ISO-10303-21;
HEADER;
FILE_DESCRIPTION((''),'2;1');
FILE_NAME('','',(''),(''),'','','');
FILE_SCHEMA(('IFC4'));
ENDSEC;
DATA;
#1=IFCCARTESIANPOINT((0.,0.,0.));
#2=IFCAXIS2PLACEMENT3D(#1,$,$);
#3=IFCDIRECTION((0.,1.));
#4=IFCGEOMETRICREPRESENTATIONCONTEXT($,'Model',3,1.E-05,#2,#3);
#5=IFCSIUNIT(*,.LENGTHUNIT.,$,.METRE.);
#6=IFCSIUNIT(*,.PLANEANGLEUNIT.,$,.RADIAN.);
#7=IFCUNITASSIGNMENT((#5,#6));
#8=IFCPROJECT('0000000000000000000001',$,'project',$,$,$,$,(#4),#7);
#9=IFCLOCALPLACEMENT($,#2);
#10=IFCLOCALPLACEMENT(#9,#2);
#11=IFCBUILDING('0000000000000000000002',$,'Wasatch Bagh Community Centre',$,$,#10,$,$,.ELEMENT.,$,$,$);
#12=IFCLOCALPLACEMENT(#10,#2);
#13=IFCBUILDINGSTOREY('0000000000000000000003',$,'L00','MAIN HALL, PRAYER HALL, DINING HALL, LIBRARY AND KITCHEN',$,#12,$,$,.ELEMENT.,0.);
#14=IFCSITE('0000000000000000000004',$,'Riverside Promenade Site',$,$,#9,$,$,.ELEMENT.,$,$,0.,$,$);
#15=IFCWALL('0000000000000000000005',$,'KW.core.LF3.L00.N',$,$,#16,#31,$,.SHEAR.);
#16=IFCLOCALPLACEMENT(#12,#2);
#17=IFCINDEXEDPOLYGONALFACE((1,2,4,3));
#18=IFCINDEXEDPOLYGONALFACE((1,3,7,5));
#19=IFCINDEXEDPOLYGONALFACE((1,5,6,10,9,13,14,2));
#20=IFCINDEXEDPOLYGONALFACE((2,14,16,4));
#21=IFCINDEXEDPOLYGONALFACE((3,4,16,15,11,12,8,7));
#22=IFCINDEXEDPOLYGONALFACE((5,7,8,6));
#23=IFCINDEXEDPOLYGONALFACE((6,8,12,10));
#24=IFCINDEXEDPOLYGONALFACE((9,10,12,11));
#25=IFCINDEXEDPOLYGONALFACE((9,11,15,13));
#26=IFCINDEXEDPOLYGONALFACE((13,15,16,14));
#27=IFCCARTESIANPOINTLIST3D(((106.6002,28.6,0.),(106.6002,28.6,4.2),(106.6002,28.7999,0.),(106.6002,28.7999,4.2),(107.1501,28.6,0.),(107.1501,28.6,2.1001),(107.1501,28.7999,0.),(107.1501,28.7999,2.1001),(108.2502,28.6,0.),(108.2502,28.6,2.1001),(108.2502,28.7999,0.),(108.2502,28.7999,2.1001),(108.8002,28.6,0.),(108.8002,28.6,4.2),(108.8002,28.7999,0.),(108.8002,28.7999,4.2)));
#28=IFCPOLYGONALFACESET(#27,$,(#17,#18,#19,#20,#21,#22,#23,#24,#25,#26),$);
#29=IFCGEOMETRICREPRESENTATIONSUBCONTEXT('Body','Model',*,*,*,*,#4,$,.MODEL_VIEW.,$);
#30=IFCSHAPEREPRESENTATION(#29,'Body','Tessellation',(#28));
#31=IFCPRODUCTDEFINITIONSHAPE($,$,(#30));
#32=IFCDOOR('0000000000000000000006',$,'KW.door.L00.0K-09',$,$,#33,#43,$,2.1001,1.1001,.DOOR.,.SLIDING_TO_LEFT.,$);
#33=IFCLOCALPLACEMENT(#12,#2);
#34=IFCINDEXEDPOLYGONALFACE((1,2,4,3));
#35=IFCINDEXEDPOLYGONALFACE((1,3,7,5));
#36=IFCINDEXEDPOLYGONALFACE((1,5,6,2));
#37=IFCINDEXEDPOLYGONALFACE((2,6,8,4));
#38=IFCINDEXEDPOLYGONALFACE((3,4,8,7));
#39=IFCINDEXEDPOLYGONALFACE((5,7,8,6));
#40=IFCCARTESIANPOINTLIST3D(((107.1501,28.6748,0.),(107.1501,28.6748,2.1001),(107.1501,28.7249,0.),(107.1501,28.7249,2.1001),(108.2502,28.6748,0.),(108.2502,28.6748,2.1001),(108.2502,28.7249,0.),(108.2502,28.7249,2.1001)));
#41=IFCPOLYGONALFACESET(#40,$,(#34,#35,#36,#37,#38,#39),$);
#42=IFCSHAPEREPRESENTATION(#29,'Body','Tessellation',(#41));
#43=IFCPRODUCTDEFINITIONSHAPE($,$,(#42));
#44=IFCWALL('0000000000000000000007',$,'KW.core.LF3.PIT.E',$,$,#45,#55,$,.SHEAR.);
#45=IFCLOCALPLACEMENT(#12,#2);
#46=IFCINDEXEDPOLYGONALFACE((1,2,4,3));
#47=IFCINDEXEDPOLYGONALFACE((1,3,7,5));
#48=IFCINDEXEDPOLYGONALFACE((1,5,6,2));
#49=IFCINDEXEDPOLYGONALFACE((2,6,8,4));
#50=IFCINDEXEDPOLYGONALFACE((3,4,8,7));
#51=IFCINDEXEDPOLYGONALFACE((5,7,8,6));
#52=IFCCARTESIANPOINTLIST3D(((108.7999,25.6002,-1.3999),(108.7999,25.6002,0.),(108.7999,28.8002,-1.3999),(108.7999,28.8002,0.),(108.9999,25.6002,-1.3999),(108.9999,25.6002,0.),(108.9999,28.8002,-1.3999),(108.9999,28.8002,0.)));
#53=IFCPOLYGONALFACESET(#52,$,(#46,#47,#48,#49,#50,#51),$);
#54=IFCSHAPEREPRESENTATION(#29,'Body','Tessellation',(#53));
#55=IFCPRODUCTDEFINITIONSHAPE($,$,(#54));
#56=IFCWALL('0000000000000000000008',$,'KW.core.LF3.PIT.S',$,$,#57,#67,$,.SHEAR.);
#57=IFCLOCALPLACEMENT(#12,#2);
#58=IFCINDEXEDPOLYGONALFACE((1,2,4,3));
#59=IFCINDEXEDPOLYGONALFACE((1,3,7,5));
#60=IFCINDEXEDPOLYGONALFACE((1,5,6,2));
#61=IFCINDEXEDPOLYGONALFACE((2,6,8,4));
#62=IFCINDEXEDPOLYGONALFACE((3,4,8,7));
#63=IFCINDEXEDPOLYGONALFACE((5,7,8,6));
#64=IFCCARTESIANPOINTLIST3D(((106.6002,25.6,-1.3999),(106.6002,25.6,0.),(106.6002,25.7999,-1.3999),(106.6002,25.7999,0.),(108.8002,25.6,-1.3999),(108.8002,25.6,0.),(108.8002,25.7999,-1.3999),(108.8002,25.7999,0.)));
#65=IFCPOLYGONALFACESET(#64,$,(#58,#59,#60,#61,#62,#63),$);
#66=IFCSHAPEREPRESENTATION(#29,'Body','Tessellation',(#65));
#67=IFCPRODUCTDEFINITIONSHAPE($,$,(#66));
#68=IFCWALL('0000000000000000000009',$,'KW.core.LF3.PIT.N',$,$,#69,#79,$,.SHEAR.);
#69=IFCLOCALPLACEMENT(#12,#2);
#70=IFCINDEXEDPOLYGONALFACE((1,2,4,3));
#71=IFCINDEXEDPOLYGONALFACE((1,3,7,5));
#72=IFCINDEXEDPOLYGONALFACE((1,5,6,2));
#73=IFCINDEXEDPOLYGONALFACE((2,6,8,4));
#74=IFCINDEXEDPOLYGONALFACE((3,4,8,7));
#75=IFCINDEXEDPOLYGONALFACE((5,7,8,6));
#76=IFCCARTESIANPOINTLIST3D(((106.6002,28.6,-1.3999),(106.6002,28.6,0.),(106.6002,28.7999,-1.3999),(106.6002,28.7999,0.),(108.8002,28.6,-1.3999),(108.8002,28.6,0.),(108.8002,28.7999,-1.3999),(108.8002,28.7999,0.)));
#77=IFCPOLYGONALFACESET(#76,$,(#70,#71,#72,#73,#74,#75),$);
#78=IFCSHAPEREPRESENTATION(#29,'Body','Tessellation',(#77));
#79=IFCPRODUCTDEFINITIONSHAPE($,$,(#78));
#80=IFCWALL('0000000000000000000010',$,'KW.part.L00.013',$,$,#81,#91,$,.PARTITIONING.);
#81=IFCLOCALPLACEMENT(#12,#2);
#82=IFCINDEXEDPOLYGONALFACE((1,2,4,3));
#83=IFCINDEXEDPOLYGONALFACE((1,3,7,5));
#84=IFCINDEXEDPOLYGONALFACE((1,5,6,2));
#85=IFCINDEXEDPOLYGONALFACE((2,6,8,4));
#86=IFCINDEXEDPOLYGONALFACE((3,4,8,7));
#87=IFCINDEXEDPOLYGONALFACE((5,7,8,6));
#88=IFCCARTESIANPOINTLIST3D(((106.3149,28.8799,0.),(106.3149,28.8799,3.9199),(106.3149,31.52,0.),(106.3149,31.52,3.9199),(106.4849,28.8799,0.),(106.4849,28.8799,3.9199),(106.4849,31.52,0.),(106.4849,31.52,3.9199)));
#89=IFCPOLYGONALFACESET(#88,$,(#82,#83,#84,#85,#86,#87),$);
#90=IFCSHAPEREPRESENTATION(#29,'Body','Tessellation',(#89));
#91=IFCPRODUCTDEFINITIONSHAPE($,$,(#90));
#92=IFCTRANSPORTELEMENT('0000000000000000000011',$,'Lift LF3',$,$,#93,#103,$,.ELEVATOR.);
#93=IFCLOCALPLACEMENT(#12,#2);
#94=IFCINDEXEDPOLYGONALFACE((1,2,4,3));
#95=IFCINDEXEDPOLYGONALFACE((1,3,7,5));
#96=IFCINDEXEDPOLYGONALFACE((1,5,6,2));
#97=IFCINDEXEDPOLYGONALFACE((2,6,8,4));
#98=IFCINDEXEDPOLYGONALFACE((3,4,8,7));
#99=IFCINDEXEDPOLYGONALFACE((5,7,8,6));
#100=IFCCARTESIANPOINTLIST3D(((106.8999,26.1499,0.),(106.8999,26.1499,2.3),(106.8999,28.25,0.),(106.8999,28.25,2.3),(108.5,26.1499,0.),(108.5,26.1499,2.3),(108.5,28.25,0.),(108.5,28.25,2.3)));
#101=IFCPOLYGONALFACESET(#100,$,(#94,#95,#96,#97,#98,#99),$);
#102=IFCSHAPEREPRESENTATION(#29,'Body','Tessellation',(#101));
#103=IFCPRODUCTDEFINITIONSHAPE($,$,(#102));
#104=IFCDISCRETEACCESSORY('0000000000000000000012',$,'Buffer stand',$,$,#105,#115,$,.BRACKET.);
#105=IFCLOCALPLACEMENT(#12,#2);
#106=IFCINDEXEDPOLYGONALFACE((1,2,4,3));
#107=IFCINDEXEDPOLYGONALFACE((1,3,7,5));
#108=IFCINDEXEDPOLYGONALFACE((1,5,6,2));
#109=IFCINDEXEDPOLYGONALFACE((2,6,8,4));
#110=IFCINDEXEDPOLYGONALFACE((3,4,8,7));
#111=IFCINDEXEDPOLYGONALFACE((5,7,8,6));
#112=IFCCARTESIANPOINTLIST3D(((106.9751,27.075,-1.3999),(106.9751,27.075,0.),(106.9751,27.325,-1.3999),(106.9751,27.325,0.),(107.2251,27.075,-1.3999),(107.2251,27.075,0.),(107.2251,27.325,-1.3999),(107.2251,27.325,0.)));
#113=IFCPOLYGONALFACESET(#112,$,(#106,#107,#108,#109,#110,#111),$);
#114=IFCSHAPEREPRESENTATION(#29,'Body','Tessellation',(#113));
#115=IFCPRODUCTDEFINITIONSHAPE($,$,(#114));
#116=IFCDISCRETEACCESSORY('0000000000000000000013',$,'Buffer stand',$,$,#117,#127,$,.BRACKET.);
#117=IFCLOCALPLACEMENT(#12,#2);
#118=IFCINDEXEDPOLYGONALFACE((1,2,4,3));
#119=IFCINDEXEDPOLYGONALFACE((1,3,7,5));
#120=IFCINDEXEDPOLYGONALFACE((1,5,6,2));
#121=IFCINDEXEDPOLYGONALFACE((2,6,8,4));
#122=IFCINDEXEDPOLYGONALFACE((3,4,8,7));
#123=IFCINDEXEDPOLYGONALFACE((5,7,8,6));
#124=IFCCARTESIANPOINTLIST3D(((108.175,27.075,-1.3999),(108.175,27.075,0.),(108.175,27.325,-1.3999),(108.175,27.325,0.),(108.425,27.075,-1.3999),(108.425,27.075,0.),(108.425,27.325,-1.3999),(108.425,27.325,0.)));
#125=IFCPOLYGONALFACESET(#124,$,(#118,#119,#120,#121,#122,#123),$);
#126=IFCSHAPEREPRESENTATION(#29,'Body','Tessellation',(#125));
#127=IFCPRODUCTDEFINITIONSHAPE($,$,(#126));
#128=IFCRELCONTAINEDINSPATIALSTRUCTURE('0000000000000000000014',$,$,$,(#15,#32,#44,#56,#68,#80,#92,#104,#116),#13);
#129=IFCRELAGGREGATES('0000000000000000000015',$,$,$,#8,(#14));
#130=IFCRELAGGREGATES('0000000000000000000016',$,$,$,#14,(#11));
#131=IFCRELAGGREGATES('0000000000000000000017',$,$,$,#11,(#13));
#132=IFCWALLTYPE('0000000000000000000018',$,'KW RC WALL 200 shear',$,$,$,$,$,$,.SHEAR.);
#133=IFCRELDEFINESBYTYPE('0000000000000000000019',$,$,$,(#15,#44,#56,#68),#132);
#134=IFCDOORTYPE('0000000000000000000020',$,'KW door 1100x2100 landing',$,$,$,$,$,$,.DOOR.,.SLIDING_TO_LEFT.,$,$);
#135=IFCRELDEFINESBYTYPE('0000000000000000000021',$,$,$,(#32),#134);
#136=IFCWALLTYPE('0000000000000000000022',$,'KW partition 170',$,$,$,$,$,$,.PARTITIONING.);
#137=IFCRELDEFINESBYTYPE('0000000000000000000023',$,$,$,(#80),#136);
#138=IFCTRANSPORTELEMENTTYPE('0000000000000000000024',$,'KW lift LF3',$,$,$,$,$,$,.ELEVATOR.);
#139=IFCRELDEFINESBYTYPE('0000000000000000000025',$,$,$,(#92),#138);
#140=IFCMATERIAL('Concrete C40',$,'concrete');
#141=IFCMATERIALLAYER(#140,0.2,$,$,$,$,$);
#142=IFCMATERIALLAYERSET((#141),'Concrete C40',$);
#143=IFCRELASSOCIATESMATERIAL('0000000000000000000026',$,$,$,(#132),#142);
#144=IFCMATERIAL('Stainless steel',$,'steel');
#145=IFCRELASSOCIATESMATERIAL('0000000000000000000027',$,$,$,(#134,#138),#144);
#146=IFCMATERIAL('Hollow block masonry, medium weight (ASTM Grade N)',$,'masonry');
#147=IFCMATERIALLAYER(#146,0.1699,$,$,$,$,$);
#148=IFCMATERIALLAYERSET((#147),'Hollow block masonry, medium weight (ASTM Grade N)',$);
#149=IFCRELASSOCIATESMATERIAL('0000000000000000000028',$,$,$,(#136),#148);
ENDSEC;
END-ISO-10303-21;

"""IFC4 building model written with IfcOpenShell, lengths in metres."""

from ifc_helpers import new_model, si_unit, direction, frame, frame_2d, origin, origin_2d, place, context, subcontext, project, spatial, rectangle, extrude, material, layer, layer_set, type_object, element, fill, save


model = new_model("IFC4")

# Units and contexts
model_context = context("Model", 3, precision=1e-05, world=origin(), true_north=direction((0.0, 1.0)))
body_context = subcontext(model_context, "Body", "Model", "MODEL_VIEW")
ifc_project = project(units=[si_unit("LENGTHUNIT", "METRE"), si_unit("PLANEANGLEUNIT", "RADIAN")], contexts=[model_context])

# Site, building, storey
site_placement = place(None, origin())
site = spatial("IfcSite", under=ifc_project, at=site_placement, Name="Riverside Promenade Site", CompositionType="ELEMENT", RefElevation=0.0)
building_placement = place(site_placement, origin())
building = spatial("IfcBuilding", under=site, at=building_placement, Name="Wasatch Bagh Community Centre", CompositionType="ELEMENT")
storey_placement = place(building_placement, origin())
storey = spatial("IfcBuildingStorey", under=building, at=storey_placement, Name="L00", Description="MAIN HALL, PRAYER HALL, DINING HALL, LIBRARY AND KITCHEN", CompositionType="ELEMENT", Elevation=0.0)

# Shared definitions
ifc_material_1 = material(Name="Concrete C40", Category="concrete")
ifc_layer_1 = layer(ifc_material_1, 0.2)
ifc_layer_set_1 = layer_set([ifc_layer_1], Name="Concrete C40")
wall_type_1 = type_object("IfcWallType", Name="KW RC WALL 200 shear", PredefinedType="SHEAR", material=ifc_layer_set_1)

# Wall, opening, door
wall_1_placement = place(storey_placement, frame((106.6001, 28.7, 0.0), z_axis=(0.0, 0.0, 1.0), x_axis=(1.0, 0.0, 0.0)))
wall_1 = element("IfcWall", 1, at=wall_1_placement, inside=storey, type_object=wall_type_1, Name="KW.core.LF3.L00.N", PredefinedType="SHEAR", context=body_context, shape_type="SweptSolid", body=[
    extrude(rectangle(XDim=2.2, YDim=0.2, at=frame_2d((1.1001, 0.0))), origin(), (0.0, 0.0, 1.0), 4.2),
])
opening_placement = place(wall_1_placement, frame((0.55, 0.0, 0.0)))
opening = element("IfcOpeningElement", 2, at=opening_placement, cuts=wall_1, PredefinedType="OPENING", context=body_context, shape_type="SweptSolid", body=[
    extrude(rectangle(XDim=1.1001, YDim=2.1001, at=frame_2d((0.55, 1.05))), frame((0.0, 0.1099, 0.0), z_axis=(0.0, -1.0, 0.0), x_axis=(1.0, 0.0, 0.0)), (0.0, 0.0, 1.0), 0.22),
])
ifc_material_2 = material(Name="Stainless steel", Category="steel")
door_type = type_object("IfcDoorType", Name="KW door 1100x2100 landing", OperationType="SLIDING_TO_LEFT", PredefinedType="DOOR", material=ifc_material_2)
door_placement = place(opening_placement, origin())
door = element("IfcDoor", 3, at=door_placement, inside=storey, type_object=door_type, Name="KW.door.L00.0K-09", OperationType="SLIDING_TO_LEFT", OverallHeight=2.1001, OverallWidth=1.1001, PredefinedType="DOOR", context=body_context, shape_type="SweptSolid", body=[
    extrude(rectangle(XDim=1.1001, YDim=2.1001, at=frame_2d((0.55, 1.05))), frame((0.0, 0.0249, 0.0), z_axis=(0.0, -1.0, 0.0), x_axis=(1.0, 0.0, 0.0)), (0.0, 0.0, 1.0), 0.05),
])
fill(opening, door)

# Walls
wall_2_placement = place(storey_placement, frame((108.8999, 25.6001, -1.3999), z_axis=(0.0, 0.0, 1.0), x_axis=(0.0, 1.0, 0.0)))
element("IfcWall", 4, at=wall_2_placement, inside=storey, type_object=wall_type_1, Name="KW.core.LF3.PIT.E", PredefinedType="SHEAR", context=body_context, shape_type="SweptSolid", body=[
    extrude(rectangle(XDim=3.2, YDim=0.2, at=frame_2d((1.6001, 0.0))), origin(), (0.0, 0.0, 1.0), 1.3999),
])
for number, where, z_axis, x_axis, name in (
    (5, (106.6001, 25.7, -1.3999), (0.0, 0.0, 1.0), (1.0, 0.0, 0.0), "KW.core.LF3.PIT.S"),
    (6, (106.6001, 28.7, -1.3999), (0.0, 0.0, 1.0), (1.0, 0.0, 0.0), "KW.core.LF3.PIT.N"),
):
    element("IfcWall", number, at=place(storey_placement, frame(where, z_axis=z_axis, x_axis=x_axis)), inside=storey, type_object=wall_type_1, Name=name, PredefinedType="SHEAR", context=body_context, shape_type="SweptSolid", body=[
        extrude(rectangle(XDim=2.2, YDim=0.2, at=frame_2d((1.1001, 0.0))), origin(), (0.0, 0.0, 1.0), 1.3999),
    ])
ifc_material_3 = material(Name="Hollow block masonry, medium weight (ASTM Grade N)", Category="masonry")
ifc_layer_2 = layer(ifc_material_3, 0.1699)
ifc_layer_set_2 = layer_set([ifc_layer_2], Name="Hollow block masonry, medium weight (ASTM Grade N)")
wall_type_2 = type_object("IfcWallType", Name="KW partition 170", PredefinedType="PARTITIONING", material=ifc_layer_set_2)
wall_3_placement = place(storey_placement, frame((106.3999, 28.8799, 0.0), z_axis=(0.0, 0.0, 1.0), x_axis=(0.0, 1.0, 0.0)))
element("IfcWall", 7, at=wall_3_placement, inside=storey, type_object=wall_type_2, Name="KW.part.L00.013", PredefinedType="PARTITIONING", context=body_context, shape_type="SweptSolid", body=[
    extrude(rectangle(XDim=2.6401, YDim=0.1699, at=frame_2d((1.3201, 0.0))), origin(), (0.0, 0.0, 1.0), 3.9199),
])

# Transport element
transport_element_type = type_object("IfcTransportElementType", Name="KW lift LF3", PredefinedType="ELEVATOR", material=ifc_material_2)
transport_element_placement = place(storey_placement, frame((107.7, 27.2, 0.0), z_axis=(0.0, 0.0, 1.0), x_axis=(1.0, 0.0, 0.0)))
element("IfcTransportElement", 8, at=transport_element_placement, inside=storey, type_object=transport_element_type, Name="Lift LF3", PredefinedType="ELEVATOR", context=body_context, shape_type="SweptSolid", body=[
    extrude(rectangle(XDim=1.6001, YDim=2.1001, at=origin_2d()), origin(), (0.0, 0.0, 1.0), 2.3),
])

# Discrete accessories
for number, where, z_axis, x_axis, name in (
    (9, (107.1001, 27.2, -1.3999), (0.0, 0.0, 1.0), (1.0, 0.0, 0.0), "Buffer stand"),
    (10, (108.3, 27.2, -1.3999), (0.0, 0.0, 1.0), (1.0, 0.0, 0.0), "Buffer stand"),
):
    element("IfcDiscreteAccessory", number, at=place(storey_placement, frame(where, z_axis=z_axis, x_axis=x_axis)), inside=storey, Name=name, PredefinedType="BRACKET", context=body_context, shape_type="SweptSolid", body=[
        extrude(rectangle(XDim=0.25, YDim=0.25, at=origin_2d()), origin(), (0.0, 0.0, 1.0), 1.3999),
    ])

save(model, "model.ifc")
